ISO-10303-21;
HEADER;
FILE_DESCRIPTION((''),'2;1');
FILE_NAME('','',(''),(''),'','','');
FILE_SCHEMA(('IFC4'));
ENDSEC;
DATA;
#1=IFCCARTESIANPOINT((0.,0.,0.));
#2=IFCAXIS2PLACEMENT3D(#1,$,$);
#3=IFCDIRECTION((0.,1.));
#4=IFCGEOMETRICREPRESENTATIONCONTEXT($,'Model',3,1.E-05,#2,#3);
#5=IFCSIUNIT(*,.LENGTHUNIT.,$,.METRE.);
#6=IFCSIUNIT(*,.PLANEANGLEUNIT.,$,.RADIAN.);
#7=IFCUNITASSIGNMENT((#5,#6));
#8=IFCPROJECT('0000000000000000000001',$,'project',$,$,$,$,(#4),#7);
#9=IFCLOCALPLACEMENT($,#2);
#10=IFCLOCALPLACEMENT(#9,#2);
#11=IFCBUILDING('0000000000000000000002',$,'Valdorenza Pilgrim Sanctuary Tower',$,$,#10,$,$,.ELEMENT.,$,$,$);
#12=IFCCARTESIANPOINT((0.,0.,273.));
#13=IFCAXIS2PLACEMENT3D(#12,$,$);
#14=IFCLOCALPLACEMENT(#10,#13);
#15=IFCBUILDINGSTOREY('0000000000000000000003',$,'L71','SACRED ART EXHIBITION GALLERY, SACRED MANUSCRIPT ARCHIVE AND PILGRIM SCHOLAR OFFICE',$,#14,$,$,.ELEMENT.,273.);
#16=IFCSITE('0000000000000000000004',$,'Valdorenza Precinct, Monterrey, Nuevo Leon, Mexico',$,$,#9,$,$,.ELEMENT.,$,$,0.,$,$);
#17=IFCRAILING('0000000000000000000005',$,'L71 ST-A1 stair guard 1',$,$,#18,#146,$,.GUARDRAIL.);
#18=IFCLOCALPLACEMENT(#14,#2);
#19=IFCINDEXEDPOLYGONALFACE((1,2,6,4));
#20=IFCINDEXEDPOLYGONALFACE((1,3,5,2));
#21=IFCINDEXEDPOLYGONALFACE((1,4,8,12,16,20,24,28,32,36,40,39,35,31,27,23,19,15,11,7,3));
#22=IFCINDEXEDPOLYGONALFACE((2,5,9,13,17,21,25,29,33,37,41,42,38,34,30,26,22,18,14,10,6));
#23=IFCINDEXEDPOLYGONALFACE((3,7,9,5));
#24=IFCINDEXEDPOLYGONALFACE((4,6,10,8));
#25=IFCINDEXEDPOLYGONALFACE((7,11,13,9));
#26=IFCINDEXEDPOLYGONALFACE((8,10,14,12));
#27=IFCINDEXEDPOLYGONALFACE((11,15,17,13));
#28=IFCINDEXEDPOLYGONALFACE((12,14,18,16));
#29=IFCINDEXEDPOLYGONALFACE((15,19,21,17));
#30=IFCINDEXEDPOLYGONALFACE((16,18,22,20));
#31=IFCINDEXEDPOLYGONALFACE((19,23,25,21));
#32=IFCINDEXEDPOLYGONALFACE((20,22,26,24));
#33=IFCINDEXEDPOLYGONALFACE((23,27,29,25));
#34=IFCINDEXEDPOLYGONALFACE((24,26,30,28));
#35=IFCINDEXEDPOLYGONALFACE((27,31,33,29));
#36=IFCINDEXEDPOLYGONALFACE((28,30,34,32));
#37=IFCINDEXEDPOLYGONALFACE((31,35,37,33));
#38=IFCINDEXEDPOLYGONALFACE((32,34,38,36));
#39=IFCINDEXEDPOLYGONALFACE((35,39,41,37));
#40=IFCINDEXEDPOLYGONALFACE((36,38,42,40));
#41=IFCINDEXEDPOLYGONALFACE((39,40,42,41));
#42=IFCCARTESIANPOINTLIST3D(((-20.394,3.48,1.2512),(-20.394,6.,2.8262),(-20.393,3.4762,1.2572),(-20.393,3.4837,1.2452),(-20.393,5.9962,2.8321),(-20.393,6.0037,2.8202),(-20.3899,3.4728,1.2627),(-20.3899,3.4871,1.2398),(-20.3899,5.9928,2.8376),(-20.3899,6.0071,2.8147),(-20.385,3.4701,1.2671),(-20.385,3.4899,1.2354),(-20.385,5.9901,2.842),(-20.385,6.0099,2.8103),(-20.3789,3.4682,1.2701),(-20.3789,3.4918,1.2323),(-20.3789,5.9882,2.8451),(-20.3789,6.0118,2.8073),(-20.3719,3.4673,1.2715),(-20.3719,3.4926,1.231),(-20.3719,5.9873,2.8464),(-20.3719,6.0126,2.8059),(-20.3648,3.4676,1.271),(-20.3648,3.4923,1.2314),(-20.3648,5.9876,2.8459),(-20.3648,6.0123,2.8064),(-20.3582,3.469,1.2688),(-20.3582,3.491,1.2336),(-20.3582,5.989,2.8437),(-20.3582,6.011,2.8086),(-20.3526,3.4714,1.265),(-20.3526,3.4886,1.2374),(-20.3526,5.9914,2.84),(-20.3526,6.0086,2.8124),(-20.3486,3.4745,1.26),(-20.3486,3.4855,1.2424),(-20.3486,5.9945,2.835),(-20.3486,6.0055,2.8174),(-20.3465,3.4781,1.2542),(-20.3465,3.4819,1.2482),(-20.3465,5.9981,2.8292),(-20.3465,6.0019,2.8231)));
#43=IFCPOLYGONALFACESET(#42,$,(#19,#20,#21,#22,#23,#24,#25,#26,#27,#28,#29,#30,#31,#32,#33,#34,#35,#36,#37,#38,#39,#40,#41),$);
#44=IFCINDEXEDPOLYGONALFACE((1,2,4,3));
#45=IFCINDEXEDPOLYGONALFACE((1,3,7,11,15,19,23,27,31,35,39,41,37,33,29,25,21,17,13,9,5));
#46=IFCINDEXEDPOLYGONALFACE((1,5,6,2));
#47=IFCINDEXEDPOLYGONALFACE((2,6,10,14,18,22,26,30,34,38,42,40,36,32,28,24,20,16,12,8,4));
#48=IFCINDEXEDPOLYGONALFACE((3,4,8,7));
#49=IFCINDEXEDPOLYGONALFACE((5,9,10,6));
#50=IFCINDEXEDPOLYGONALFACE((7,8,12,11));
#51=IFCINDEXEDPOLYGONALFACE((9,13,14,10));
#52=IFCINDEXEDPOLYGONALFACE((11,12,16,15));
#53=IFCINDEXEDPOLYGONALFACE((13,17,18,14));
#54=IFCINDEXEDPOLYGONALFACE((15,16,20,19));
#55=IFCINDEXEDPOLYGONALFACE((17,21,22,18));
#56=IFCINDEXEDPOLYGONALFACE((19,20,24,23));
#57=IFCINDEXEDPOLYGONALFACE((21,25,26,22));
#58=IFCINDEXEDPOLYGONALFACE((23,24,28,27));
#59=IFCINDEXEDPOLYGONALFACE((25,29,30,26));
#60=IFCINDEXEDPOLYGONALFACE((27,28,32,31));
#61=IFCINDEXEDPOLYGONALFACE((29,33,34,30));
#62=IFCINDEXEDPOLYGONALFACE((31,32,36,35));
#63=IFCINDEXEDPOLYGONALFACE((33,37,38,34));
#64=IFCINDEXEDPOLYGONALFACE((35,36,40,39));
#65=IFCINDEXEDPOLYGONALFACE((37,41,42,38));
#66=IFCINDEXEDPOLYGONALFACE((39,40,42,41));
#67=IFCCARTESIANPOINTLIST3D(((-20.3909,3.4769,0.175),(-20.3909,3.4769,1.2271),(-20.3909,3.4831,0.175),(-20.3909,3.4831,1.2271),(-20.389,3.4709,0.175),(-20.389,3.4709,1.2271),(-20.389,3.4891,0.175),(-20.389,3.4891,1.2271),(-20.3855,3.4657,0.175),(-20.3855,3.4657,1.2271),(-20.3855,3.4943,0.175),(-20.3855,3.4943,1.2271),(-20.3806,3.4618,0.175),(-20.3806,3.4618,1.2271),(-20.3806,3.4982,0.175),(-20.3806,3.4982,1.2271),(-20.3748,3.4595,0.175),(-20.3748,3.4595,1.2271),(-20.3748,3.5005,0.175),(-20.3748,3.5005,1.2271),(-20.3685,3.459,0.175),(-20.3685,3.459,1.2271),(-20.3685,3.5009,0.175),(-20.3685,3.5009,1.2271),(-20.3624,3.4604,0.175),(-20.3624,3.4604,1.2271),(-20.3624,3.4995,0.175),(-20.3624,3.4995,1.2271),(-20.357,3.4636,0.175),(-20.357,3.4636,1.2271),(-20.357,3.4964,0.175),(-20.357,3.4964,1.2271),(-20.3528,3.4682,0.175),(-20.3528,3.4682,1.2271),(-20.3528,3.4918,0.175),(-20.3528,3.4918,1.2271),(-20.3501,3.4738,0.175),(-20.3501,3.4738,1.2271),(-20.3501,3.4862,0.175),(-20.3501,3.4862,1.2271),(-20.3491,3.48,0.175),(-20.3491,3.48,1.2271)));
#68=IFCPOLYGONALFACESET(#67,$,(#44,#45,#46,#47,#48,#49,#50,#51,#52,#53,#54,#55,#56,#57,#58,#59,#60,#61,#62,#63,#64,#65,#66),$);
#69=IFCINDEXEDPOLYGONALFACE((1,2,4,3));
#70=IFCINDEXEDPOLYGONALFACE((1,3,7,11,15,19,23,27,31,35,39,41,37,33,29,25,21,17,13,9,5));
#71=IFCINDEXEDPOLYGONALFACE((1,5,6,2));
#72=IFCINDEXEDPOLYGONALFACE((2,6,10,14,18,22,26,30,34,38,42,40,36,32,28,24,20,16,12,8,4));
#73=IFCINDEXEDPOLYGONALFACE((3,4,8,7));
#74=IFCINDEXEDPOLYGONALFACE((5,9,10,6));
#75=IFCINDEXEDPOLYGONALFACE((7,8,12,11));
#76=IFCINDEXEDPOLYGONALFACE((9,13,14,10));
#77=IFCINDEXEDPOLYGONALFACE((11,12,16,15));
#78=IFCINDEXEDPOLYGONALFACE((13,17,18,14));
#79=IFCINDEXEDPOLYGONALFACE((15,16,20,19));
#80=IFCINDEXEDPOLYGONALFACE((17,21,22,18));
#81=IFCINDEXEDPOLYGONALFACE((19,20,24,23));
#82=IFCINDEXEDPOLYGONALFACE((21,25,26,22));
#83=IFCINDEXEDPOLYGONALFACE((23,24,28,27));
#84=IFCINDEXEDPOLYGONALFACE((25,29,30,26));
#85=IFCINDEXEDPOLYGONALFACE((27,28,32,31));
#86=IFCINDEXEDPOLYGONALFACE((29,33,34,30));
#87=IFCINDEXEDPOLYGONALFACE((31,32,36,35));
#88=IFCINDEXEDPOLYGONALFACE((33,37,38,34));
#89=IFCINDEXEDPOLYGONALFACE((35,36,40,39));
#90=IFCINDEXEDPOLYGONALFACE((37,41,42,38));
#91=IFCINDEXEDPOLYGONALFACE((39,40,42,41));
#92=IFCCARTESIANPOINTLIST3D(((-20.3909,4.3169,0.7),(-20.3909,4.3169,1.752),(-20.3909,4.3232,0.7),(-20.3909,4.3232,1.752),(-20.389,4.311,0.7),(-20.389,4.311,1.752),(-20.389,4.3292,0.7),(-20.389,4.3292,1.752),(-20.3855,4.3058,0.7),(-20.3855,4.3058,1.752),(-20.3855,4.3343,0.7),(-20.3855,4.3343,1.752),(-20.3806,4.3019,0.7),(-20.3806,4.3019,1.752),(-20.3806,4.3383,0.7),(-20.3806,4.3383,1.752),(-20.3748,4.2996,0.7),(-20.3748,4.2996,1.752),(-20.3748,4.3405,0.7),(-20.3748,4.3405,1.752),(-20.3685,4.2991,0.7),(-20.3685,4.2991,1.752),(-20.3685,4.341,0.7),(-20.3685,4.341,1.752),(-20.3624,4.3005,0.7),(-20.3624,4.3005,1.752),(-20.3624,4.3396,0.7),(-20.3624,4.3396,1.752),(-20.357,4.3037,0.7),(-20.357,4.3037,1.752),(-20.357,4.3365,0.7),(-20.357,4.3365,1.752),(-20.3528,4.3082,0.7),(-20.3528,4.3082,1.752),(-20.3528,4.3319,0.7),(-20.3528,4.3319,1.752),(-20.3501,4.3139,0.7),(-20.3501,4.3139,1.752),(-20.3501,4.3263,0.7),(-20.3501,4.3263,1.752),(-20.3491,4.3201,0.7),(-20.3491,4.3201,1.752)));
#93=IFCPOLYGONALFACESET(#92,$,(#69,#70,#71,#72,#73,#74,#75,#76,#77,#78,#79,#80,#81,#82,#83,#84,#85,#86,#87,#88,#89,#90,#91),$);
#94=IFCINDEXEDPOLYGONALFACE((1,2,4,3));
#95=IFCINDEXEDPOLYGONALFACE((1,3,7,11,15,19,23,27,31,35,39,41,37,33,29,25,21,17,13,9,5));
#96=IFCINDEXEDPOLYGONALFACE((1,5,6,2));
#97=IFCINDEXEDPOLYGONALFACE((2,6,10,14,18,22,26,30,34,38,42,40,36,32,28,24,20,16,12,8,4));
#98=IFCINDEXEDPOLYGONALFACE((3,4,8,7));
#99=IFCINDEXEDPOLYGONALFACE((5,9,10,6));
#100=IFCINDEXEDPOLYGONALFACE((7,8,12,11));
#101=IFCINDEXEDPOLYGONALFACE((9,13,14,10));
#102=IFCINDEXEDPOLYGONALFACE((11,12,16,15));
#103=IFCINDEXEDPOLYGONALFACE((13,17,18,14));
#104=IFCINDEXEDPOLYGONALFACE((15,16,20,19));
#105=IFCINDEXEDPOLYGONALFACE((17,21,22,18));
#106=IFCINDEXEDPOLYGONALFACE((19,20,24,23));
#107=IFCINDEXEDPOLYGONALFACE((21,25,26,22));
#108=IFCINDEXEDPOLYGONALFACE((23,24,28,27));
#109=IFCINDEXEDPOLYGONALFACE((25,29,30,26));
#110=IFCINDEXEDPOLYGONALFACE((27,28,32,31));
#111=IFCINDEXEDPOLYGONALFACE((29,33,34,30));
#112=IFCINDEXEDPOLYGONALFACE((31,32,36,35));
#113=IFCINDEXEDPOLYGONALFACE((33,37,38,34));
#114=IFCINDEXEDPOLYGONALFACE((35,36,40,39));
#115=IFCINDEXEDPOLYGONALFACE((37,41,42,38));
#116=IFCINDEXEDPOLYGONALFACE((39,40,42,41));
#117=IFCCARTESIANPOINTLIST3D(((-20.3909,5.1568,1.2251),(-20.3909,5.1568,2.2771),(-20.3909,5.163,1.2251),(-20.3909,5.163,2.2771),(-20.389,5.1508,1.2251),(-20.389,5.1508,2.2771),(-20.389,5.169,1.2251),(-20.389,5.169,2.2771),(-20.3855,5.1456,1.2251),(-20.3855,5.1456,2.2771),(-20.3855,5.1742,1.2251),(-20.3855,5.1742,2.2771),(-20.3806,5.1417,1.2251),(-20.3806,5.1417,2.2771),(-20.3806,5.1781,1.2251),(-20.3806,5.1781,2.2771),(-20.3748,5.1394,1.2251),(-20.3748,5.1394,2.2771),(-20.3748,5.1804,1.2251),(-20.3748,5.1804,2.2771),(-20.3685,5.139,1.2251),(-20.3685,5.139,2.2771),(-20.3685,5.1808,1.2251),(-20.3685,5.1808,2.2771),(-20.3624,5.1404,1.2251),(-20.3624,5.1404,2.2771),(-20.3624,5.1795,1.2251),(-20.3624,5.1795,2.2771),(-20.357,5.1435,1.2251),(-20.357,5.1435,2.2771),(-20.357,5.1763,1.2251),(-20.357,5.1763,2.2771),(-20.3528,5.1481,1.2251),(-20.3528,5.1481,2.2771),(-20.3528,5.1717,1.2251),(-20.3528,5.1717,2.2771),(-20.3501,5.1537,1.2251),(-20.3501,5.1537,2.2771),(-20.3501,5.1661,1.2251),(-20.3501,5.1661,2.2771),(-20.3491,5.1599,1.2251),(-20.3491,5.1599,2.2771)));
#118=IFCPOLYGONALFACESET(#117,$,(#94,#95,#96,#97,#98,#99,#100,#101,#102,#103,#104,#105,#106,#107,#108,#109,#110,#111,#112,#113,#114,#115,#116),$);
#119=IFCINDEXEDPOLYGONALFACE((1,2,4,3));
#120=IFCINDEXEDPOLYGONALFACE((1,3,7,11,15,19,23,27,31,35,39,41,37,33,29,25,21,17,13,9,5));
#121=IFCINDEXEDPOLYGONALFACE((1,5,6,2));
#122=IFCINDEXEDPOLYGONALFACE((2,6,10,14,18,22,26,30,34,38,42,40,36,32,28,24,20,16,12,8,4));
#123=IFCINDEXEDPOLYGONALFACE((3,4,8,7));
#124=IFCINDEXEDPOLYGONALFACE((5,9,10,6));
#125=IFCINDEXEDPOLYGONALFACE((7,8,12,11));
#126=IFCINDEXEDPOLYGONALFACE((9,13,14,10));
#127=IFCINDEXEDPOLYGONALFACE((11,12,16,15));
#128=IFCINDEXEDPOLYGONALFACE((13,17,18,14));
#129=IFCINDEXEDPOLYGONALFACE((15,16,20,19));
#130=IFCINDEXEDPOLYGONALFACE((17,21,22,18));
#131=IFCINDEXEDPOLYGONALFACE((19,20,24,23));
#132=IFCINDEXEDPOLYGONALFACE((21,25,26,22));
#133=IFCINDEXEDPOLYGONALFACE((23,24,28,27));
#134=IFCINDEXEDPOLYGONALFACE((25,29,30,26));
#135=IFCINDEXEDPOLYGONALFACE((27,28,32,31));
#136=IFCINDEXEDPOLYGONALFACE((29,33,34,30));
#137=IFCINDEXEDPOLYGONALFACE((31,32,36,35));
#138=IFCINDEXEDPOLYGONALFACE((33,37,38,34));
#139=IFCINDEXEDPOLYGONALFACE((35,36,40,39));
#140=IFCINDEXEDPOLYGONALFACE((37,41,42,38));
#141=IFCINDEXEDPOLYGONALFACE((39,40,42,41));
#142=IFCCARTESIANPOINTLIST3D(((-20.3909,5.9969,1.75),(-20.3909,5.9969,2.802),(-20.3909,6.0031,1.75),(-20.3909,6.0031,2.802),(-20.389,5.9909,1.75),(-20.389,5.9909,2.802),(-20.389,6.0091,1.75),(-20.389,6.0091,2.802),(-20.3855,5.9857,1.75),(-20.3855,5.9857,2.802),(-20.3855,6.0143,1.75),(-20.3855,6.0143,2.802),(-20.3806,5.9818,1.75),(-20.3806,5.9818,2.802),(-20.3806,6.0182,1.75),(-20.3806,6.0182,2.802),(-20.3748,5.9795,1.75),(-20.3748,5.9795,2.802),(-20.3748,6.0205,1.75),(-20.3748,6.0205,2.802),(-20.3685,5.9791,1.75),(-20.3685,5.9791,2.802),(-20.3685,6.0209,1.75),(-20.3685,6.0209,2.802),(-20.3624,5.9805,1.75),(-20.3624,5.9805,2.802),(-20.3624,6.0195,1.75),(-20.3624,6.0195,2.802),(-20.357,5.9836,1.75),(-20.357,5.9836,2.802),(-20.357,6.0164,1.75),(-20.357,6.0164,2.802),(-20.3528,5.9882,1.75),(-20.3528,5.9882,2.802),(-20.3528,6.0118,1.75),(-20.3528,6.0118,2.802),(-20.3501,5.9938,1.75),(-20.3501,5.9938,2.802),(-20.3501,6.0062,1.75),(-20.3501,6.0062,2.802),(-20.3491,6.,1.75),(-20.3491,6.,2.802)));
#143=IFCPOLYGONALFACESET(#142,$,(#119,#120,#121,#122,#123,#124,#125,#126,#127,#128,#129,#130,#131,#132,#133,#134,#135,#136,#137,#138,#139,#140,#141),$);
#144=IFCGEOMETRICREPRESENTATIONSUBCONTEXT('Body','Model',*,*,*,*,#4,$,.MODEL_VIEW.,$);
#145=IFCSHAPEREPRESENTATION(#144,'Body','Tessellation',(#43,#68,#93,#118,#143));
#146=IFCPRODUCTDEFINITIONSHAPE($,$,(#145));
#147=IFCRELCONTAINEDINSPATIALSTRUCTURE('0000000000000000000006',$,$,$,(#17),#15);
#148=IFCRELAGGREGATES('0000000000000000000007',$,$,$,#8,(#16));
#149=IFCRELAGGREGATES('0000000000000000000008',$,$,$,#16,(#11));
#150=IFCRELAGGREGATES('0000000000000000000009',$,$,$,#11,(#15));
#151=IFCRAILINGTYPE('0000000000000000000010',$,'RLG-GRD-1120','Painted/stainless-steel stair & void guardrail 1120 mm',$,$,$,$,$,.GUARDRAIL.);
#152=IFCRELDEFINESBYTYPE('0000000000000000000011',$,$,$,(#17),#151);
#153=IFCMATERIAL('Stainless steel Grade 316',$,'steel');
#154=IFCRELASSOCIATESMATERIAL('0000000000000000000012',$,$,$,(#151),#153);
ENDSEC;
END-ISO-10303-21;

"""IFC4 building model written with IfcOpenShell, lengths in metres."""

from ifc_helpers import new_model, si_unit, direction, frame, origin, origin_2d, place, context, subcontext, project, spatial, circle, extrude, material, type_object, element, save


model = new_model("IFC4")

# Units and contexts
model_context = context("Model", 3, precision=1e-05, world=origin(), true_north=direction((0.0, 1.0)))
body_context = subcontext(model_context, "Body", "Model", "MODEL_VIEW")
ifc_project = project(units=[si_unit("LENGTHUNIT", "METRE"), si_unit("PLANEANGLEUNIT", "RADIAN")], contexts=[model_context])

# Site, building, storey
site_placement = place(None, origin())
site = spatial("IfcSite", under=ifc_project, at=site_placement, Name="Valdorenza Precinct, Monterrey, Nuevo Leon, Mexico", CompositionType="ELEMENT", RefElevation=0.0)
building_placement = place(site_placement, origin())
building = spatial("IfcBuilding", under=site, at=building_placement, Name="Valdorenza Pilgrim Sanctuary Tower", CompositionType="ELEMENT")
storey_placement = place(building_placement, frame((0.0, 0.0, 273.0)))
storey = spatial("IfcBuildingStorey", under=building, at=storey_placement, Name="L71", Description="SACRED ART EXHIBITION GALLERY, SACRED MANUSCRIPT ARCHIVE AND PILGRIM SCHOLAR OFFICE", CompositionType="ELEMENT", Elevation=273.0)

# Railing
ifc_material_1 = material(Name="Stainless steel Grade 316", Category="steel")
railing_type_1 = type_object("IfcRailingType", Name="RLG-GRD-1120", Description="Painted/stainless-steel stair & void guardrail 1120 mm", PredefinedType="GUARDRAIL", material=ifc_material_1)
railing_1_placement = place(storey_placement, frame((-20.3701, 3.48, 0.175)))
element("IfcRailing", 1, at=railing_1_placement, inside=storey, type_object=railing_type_1, Name="L71 ST-A1 stair guard 1", PredefinedType="GUARDRAIL", context=body_context, shape_type="SweptSolid", body=[
    extrude(circle(Radius=0.0239, at=origin_2d()), frame((0.0, 0.0, 1.0762), z_axis=(0.0, 0.848008, 0.529984), x_axis=(-1.0, 0.0, 0.0)), (0.0, 0.0, 1.0), 2.9717),
    extrude(circle(Radius=0.021, at=origin_2d()), origin(), (0.0, 0.0, 1.0), 1.052),
    extrude(circle(Radius=0.021, at=origin_2d()), frame((0.0, 0.8401, 0.5249)), (0.0, 0.0, 1.0), 1.052),
    extrude(circle(Radius=0.021, at=origin_2d()), frame((0.0, 1.6799, 1.05)), (0.0, 0.0, 1.0), 1.052),
    extrude(circle(Radius=0.021, at=origin_2d()), frame((0.0, 2.52, 1.575)), (0.0, 0.0, 1.0), 1.052),
])

save(model, "model.ifc")
